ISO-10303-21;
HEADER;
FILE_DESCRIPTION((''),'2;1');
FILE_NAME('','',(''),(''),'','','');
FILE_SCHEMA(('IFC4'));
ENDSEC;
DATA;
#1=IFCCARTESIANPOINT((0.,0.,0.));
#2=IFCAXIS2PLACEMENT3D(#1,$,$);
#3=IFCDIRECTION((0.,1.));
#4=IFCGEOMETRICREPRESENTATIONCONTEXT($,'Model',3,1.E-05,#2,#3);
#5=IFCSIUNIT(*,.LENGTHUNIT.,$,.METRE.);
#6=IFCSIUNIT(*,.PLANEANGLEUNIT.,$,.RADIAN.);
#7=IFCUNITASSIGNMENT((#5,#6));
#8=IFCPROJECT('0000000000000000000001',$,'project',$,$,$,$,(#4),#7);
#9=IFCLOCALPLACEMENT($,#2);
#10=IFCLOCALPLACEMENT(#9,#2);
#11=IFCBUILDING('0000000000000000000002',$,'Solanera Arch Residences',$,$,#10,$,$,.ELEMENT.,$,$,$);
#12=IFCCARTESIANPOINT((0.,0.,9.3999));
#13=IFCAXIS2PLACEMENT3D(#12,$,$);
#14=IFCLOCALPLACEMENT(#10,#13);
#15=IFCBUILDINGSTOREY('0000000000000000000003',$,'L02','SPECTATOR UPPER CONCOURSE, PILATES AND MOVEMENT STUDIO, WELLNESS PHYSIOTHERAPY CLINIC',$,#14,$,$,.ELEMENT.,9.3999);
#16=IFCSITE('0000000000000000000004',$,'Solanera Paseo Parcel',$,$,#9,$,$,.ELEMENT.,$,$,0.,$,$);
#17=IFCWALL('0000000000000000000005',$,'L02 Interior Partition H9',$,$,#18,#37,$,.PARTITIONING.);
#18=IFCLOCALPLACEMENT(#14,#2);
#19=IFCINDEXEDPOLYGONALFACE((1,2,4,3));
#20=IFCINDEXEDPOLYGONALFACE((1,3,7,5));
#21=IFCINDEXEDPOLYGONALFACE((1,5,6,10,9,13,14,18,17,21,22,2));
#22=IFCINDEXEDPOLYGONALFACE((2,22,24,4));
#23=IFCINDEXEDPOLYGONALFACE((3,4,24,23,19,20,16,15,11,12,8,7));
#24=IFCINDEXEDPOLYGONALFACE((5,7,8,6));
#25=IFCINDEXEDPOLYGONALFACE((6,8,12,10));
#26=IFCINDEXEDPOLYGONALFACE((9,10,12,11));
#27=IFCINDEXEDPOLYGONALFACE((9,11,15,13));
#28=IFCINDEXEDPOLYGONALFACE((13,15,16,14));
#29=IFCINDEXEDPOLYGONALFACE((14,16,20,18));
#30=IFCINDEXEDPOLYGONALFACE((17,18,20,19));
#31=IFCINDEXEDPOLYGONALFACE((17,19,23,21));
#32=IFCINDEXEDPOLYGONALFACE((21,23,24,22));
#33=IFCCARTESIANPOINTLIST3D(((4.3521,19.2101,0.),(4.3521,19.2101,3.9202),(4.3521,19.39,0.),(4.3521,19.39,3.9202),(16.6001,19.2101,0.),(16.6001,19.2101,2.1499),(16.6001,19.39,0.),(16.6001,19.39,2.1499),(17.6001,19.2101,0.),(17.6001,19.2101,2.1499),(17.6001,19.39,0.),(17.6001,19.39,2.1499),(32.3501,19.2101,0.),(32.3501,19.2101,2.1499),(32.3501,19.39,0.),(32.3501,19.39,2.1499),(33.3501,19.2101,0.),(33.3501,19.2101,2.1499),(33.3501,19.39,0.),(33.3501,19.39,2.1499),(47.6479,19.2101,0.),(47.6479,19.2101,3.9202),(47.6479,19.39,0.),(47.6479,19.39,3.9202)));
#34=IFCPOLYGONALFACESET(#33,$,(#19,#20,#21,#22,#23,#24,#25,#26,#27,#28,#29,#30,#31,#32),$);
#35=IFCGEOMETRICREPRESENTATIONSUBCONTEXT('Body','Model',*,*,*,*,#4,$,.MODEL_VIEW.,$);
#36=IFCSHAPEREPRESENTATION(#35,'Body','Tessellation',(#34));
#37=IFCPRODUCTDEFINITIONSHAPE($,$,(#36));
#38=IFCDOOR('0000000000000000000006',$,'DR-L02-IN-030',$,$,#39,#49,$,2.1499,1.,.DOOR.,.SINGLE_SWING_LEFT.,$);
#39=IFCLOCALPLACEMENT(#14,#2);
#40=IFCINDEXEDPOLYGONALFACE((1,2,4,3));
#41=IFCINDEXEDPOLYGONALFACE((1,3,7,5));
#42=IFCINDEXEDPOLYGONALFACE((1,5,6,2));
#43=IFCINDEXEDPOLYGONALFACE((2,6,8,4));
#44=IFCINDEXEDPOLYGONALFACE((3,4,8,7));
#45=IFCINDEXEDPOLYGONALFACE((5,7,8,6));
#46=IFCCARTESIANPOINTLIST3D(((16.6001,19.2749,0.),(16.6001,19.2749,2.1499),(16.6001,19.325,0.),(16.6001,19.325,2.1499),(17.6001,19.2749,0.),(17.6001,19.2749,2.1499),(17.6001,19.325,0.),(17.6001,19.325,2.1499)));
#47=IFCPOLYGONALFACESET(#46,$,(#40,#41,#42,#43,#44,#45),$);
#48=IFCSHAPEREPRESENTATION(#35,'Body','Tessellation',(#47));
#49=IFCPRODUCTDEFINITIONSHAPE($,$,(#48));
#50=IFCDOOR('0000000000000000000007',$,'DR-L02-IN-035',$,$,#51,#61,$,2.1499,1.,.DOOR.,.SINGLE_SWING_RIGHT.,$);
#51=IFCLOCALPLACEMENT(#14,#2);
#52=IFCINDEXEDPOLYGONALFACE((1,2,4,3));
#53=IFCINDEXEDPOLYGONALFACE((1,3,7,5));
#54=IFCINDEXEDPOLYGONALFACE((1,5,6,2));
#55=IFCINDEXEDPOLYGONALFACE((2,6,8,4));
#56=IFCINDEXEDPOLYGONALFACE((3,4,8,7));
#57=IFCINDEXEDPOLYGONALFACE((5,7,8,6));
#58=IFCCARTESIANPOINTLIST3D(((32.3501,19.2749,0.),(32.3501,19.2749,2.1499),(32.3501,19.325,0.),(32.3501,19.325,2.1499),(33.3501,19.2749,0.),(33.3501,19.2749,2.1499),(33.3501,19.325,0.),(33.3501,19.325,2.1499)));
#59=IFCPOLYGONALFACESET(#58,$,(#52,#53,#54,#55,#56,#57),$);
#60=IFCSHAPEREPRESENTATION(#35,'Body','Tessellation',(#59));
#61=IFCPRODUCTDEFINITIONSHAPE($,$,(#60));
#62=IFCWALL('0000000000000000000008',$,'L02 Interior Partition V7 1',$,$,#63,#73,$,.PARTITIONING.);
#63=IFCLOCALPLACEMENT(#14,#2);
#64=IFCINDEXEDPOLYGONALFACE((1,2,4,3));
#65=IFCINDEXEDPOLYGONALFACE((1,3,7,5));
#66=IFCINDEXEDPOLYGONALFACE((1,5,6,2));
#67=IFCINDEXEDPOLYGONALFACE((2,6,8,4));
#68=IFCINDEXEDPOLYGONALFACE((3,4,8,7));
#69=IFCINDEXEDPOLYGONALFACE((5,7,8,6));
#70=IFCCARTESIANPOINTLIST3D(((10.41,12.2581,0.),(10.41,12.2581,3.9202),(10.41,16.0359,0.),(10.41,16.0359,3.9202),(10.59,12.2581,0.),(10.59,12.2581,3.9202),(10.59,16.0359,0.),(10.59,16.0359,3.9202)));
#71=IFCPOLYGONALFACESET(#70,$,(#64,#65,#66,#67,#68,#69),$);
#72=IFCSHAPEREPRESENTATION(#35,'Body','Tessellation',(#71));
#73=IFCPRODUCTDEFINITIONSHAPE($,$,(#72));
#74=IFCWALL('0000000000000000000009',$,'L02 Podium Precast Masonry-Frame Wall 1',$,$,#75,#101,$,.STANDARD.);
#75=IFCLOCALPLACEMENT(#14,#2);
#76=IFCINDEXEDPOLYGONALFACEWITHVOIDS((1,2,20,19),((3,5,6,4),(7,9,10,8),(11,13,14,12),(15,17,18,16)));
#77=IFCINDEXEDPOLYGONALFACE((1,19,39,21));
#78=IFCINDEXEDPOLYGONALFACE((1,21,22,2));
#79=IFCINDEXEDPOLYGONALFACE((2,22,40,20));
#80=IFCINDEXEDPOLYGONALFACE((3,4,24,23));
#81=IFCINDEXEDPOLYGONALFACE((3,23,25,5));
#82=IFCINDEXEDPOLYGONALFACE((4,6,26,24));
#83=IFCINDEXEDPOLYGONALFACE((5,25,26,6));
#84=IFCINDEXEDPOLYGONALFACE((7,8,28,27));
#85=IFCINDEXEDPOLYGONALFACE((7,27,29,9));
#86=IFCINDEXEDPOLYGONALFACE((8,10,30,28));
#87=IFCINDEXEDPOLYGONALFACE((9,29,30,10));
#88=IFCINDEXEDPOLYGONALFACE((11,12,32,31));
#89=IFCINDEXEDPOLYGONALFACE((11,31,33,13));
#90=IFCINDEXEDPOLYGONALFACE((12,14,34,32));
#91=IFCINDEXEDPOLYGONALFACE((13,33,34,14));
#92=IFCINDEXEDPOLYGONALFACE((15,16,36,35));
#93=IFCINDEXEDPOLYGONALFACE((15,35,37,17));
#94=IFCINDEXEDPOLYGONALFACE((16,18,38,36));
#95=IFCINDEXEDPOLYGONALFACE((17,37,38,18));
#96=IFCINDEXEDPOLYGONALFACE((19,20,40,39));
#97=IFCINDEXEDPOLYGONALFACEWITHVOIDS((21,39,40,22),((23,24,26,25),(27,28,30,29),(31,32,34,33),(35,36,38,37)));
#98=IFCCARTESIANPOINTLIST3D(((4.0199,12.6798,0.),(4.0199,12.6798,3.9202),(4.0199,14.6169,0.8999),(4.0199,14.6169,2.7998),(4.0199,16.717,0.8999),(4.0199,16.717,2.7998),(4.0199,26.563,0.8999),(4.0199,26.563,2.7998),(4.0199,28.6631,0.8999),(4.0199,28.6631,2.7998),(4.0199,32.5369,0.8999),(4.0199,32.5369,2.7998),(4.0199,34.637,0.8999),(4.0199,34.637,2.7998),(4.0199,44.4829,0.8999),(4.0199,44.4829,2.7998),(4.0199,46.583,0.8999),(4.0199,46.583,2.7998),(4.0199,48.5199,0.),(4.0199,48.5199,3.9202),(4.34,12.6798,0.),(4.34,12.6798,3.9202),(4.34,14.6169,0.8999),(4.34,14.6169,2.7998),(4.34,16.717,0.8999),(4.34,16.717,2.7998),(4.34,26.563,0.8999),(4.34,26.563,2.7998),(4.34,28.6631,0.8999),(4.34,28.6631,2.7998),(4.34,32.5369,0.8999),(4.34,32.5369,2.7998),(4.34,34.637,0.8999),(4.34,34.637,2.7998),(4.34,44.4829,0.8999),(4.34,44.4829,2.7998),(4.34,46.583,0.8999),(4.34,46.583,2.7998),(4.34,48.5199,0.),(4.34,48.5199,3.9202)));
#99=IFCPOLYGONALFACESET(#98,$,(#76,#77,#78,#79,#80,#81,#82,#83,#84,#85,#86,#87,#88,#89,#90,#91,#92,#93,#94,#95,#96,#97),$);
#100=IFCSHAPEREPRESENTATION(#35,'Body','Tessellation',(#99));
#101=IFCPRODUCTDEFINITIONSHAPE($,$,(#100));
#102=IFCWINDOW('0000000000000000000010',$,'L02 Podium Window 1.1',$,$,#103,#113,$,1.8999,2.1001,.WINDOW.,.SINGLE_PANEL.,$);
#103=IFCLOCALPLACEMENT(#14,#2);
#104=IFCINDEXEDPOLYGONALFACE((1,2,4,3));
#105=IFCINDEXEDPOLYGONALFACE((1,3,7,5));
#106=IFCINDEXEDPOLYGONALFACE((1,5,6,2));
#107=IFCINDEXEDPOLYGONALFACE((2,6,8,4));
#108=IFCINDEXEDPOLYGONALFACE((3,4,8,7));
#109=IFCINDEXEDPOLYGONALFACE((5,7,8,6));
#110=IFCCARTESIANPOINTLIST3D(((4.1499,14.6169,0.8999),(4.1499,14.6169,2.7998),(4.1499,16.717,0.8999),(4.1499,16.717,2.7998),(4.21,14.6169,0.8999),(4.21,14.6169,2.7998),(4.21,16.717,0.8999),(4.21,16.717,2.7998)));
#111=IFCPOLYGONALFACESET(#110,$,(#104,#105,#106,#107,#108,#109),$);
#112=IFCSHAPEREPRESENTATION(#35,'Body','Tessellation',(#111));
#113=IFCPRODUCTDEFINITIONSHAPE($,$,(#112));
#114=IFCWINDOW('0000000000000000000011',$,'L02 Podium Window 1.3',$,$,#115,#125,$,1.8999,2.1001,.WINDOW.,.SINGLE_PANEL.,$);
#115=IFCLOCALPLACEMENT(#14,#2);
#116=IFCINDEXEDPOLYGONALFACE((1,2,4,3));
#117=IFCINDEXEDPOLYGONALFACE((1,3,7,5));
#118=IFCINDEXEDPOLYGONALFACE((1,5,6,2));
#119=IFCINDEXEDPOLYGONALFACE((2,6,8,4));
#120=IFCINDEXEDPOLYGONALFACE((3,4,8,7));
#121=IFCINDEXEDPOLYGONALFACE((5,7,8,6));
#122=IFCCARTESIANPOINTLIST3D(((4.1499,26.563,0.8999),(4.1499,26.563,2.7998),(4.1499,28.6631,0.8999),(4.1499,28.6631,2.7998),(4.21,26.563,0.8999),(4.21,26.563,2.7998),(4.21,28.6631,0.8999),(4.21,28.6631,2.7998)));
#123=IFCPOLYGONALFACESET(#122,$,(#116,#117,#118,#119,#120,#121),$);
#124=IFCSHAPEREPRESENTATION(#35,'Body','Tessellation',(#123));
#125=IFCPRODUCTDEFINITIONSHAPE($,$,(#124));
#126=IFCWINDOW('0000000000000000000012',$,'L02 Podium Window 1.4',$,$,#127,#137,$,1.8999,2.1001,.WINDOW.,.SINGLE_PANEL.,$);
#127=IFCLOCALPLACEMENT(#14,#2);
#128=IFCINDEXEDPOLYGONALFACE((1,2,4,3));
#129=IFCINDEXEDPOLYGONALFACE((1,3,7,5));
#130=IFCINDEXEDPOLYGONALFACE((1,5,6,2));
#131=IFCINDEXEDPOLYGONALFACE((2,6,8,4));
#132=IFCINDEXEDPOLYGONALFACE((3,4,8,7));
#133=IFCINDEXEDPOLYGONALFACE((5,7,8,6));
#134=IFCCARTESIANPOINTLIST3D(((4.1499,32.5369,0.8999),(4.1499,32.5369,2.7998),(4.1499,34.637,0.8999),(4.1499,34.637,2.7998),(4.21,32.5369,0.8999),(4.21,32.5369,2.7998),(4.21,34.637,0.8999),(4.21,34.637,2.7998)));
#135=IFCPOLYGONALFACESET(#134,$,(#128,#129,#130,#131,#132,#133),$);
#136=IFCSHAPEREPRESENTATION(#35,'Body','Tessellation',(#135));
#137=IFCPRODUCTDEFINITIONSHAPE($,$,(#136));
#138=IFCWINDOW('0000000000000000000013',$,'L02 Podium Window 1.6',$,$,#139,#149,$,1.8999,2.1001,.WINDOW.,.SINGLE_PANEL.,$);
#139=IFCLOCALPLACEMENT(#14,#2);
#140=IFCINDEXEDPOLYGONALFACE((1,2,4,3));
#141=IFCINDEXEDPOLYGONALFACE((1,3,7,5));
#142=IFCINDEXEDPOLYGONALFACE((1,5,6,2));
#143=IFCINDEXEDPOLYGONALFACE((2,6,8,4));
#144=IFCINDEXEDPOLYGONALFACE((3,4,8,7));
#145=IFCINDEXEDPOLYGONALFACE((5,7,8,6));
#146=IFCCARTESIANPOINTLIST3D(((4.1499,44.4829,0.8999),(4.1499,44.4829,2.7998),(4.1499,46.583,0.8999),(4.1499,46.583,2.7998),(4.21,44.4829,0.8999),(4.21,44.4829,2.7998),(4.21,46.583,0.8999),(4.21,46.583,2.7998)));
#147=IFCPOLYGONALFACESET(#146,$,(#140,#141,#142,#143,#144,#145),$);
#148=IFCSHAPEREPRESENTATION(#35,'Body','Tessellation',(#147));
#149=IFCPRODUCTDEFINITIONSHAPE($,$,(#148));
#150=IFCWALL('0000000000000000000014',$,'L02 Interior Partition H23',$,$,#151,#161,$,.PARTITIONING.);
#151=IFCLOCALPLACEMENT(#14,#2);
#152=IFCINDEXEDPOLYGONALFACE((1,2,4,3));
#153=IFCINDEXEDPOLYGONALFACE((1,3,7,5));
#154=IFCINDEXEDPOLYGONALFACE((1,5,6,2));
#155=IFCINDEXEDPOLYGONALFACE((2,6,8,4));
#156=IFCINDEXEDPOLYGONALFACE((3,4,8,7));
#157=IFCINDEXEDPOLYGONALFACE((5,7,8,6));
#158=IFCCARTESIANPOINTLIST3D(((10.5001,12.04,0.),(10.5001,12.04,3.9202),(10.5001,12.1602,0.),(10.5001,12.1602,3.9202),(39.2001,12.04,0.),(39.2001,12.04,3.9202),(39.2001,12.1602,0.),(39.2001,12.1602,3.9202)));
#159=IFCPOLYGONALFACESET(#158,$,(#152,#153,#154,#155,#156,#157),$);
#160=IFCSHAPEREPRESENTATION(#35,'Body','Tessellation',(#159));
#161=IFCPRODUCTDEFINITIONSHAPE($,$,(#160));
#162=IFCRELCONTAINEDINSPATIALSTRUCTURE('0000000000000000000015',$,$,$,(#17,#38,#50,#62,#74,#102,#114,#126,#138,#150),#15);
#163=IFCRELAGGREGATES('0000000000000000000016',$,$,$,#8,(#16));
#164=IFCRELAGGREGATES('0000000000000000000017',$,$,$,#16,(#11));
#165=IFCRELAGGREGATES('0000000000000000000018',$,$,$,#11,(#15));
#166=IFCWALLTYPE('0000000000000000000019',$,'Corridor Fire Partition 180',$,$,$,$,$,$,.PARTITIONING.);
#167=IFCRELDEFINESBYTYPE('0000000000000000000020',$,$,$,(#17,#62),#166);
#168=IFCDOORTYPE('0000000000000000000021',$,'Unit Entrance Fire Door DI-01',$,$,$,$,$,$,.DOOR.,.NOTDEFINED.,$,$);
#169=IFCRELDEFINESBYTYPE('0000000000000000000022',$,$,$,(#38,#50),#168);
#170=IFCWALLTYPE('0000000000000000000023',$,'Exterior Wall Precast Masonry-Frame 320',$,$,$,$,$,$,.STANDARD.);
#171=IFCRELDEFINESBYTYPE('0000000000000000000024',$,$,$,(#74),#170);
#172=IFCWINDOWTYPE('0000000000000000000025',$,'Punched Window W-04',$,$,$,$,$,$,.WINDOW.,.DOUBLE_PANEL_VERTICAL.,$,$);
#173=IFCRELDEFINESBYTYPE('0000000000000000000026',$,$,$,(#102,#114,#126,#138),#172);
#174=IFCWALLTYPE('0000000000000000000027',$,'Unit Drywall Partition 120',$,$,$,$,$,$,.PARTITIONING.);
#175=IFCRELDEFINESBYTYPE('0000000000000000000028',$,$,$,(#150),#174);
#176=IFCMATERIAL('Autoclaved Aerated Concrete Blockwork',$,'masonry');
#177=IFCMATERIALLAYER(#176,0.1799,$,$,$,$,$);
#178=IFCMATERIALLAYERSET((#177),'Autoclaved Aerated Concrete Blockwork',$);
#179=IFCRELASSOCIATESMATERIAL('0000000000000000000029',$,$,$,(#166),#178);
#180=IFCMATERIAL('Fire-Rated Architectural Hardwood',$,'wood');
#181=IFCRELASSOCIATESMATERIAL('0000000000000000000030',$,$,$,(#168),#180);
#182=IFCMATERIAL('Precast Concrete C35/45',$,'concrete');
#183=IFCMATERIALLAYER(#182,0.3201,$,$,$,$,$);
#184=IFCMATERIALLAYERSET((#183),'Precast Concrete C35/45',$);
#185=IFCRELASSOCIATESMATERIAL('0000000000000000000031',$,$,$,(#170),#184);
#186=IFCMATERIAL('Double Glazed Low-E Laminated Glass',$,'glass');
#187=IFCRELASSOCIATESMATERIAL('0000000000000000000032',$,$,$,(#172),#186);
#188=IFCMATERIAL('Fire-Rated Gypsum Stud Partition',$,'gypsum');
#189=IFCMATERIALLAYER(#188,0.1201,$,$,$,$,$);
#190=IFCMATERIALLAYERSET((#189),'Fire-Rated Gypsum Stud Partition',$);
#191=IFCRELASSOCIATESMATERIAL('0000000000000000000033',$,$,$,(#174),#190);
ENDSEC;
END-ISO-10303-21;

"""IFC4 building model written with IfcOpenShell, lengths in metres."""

from ifc_helpers import new_model, si_unit, direction, frame, frame_2d, origin, place, context, subcontext, project, spatial, rectangle, extrude, material, layer, layer_set, type_object, element, fill, save


model = new_model("IFC4")

# Units and contexts
model_context = context("Model", 3, precision=1e-05, world=origin(), true_north=direction((0.0, 1.0)))
body_context = subcontext(model_context, "Body", "Model", "MODEL_VIEW")
ifc_project = project(units=[si_unit("LENGTHUNIT", "METRE"), si_unit("PLANEANGLEUNIT", "RADIAN")], contexts=[model_context])

# Site, building, storey
site_placement = place(None, origin())
site = spatial("IfcSite", under=ifc_project, at=site_placement, Name="Solanera Paseo Parcel", CompositionType="ELEMENT", RefElevation=0.0)
building_placement = place(site_placement, origin())
building = spatial("IfcBuilding", under=site, at=building_placement, Name="Solanera Arch Residences", CompositionType="ELEMENT")
storey_placement = place(building_placement, frame((0.0, 0.0, 9.3999)))
storey = spatial("IfcBuildingStorey", under=building, at=storey_placement, Name="L02", Description="SPECTATOR UPPER CONCOURSE, PILATES AND MOVEMENT STUDIO, WELLNESS PHYSIOTHERAPY CLINIC", CompositionType="ELEMENT", Elevation=9.3999)

# Wall, openings, doors
ifc_material_1 = material(Name="Autoclaved Aerated Concrete Blockwork", Category="masonry")
ifc_layer_1 = layer(ifc_material_1, 0.1799)
ifc_layer_set_1 = layer_set([ifc_layer_1], Name="Autoclaved Aerated Concrete Blockwork")
wall_type_1 = type_object("IfcWallType", Name="Corridor Fire Partition 180", PredefinedType="PARTITIONING", material=ifc_layer_set_1)
wall_1_placement = place(storey_placement, frame((4.3521, 19.3, 0.0), z_axis=(0.0, 0.0, 1.0), x_axis=(1.0, 0.0, 0.0)))
wall_1 = element("IfcWall", 1, at=wall_1_placement, inside=storey, type_object=wall_type_1, Name="L02 Interior Partition H9", PredefinedType="PARTITIONING", context=body_context, shape_type="SweptSolid", body=[
    extrude(rectangle(XDim=43.2959, YDim=0.1799, at=frame_2d((21.6479, 0.0))), origin(), (0.0, 0.0, 1.0), 3.9202),
])
opening_1_placement = place(wall_1_placement, frame((12.248, 0.0, 0.0)))
opening_1 = element("IfcOpeningElement", 2, at=opening_1_placement, cuts=wall_1, PredefinedType="OPENING", context=body_context, shape_type="SweptSolid", body=[
    extrude(rectangle(XDim=1.0, YDim=2.1499, at=frame_2d((0.5, 1.075))), frame((0.0, 0.1001, 0.0), z_axis=(0.0, -1.0, 0.0), x_axis=(1.0, 0.0, 0.0)), (0.0, 0.0, 1.0), 0.1999),
])
opening_2_placement = place(wall_1_placement, frame((27.998, 0.0, 0.0)))
opening_2 = element("IfcOpeningElement", 3, at=opening_2_placement, cuts=wall_1, PredefinedType="OPENING", context=body_context, shape_type="SweptSolid", body=[
    extrude(rectangle(XDim=1.0, YDim=2.1499, at=frame_2d((0.5, 1.075))), frame((0.0, 0.1001, 0.0), z_axis=(0.0, -1.0, 0.0), x_axis=(1.0, 0.0, 0.0)), (0.0, 0.0, 1.0), 0.1999),
])
ifc_material_2 = material(Name="Fire-Rated Architectural Hardwood", Category="wood")
door_type = type_object("IfcDoorType", Name="Unit Entrance Fire Door DI-01", OperationType="NOTDEFINED", PredefinedType="DOOR", material=ifc_material_2)
door_1_placement = place(opening_1_placement, origin())
door_1 = element("IfcDoor", 4, at=door_1_placement, inside=storey, type_object=door_type, Name="DR-L02-IN-030", OperationType="SINGLE_SWING_LEFT", OverallHeight=2.1499, OverallWidth=1.0, PredefinedType="DOOR", context=body_context, shape_type="SweptSolid", body=[
    extrude(rectangle(XDim=1.0, YDim=2.1499, at=frame_2d((0.5, 1.075))), frame((0.0, 0.0249, 0.0), z_axis=(0.0, -1.0, 0.0), x_axis=(1.0, 0.0, 0.0)), (0.0, 0.0, 1.0), 0.05),
])
fill(opening_1, door_1)
door_2_placement = place(opening_2_placement, origin())
door_2 = element("IfcDoor", 5, at=door_2_placement, inside=storey, type_object=door_type, Name="DR-L02-IN-035", OperationType="SINGLE_SWING_RIGHT", OverallHeight=2.1499, OverallWidth=1.0, PredefinedType="DOOR", context=body_context, shape_type="SweptSolid", body=[
    extrude(rectangle(XDim=1.0, YDim=2.1499, at=frame_2d((0.5, 1.075))), frame((0.0, 0.0249, 0.0), z_axis=(0.0, -1.0, 0.0), x_axis=(1.0, 0.0, 0.0)), (0.0, 0.0, 1.0), 0.05),
])
fill(opening_2, door_2)

# Wall
wall_2_placement = place(storey_placement, frame((10.5, 12.2581, 0.0), z_axis=(0.0, 0.0, 1.0), x_axis=(0.0, 1.0, 0.0)))
element("IfcWall", 6, at=wall_2_placement, inside=storey, type_object=wall_type_1, Name="L02 Interior Partition V7 1", PredefinedType="PARTITIONING", context=body_context, shape_type="SweptSolid", body=[
    extrude(rectangle(XDim=3.7778, YDim=0.1799, at=frame_2d((1.8889, 0.0))), origin(), (0.0, 0.0, 1.0), 3.9202),
])

# Wall, openings, windows
ifc_material_3 = material(Name="Precast Concrete C35/45", Category="concrete")
ifc_layer_2 = layer(ifc_material_3, 0.3201)
ifc_layer_set_2 = layer_set([ifc_layer_2], Name="Precast Concrete C35/45")
wall_type_2 = type_object("IfcWallType", Name="Exterior Wall Precast Masonry-Frame 320", PredefinedType="STANDARD", material=ifc_layer_set_2)
wall_3_placement = place(storey_placement, frame((4.1799, 12.6799, 0.0), z_axis=(0.0, 0.0, 1.0), x_axis=(0.0, 1.0, 0.0)))
wall_3 = element("IfcWall", 7, at=wall_3_placement, inside=storey, type_object=wall_type_2, Name="L02 Podium Precast Masonry-Frame Wall 1", PredefinedType="STANDARD", context=body_context, shape_type="SweptSolid", body=[
    extrude(rectangle(XDim=35.8401, YDim=0.3201, at=frame_2d((17.9199, 0.0))), origin(), (0.0, 0.0, 1.0), 3.9202),
])
opening_3_placement = place(wall_3_placement, frame((1.937, 0.0, 0.8999)))
opening_3 = element("IfcOpeningElement", 8, at=opening_3_placement, cuts=wall_3, PredefinedType="OPENING", context=body_context, shape_type="SweptSolid", body=[
    extrude(rectangle(XDim=2.1001, YDim=1.8999, at=frame_2d((1.05, 0.95))), frame((0.0, 0.1699, 0.0), z_axis=(0.0, -1.0, 0.0), x_axis=(1.0, 0.0, 0.0)), (0.0, 0.0, 1.0), 0.3401),
])
opening_4_placement = place(wall_3_placement, frame((13.8831, 0.0, 0.8999)))
opening_4 = element("IfcOpeningElement", 9, at=opening_4_placement, cuts=wall_3, PredefinedType="OPENING", context=body_context, shape_type="SweptSolid", body=[
    extrude(rectangle(XDim=2.1001, YDim=1.8999, at=frame_2d((1.05, 0.95))), frame((0.0, 0.1699, 0.0), z_axis=(0.0, -1.0, 0.0), x_axis=(1.0, 0.0, 0.0)), (0.0, 0.0, 1.0), 0.3401),
])
opening_5_placement = place(wall_3_placement, frame((19.8569, 0.0, 0.8999)))
opening_5 = element("IfcOpeningElement", 10, at=opening_5_placement, cuts=wall_3, PredefinedType="OPENING", context=body_context, shape_type="SweptSolid", body=[
    extrude(rectangle(XDim=2.1001, YDim=1.8999, at=frame_2d((1.05, 0.95))), frame((0.0, 0.1699, 0.0), z_axis=(0.0, -1.0, 0.0), x_axis=(1.0, 0.0, 0.0)), (0.0, 0.0, 1.0), 0.3401),
])
opening_6_placement = place(wall_3_placement, frame((31.803, 0.0, 0.8999)))
opening_6 = element("IfcOpeningElement", 11, at=opening_6_placement, cuts=wall_3, PredefinedType="OPENING", context=body_context, shape_type="SweptSolid", body=[
    extrude(rectangle(XDim=2.1001, YDim=1.8999, at=frame_2d((1.05, 0.95))), frame((0.0, 0.1699, 0.0), z_axis=(0.0, -1.0, 0.0), x_axis=(1.0, 0.0, 0.0)), (0.0, 0.0, 1.0), 0.3401),
])
ifc_material_4 = material(Name="Double Glazed Low-E Laminated Glass", Category="glass")
window_type = type_object("IfcWindowType", Name="Punched Window W-04", PartitioningType="DOUBLE_PANEL_VERTICAL", PredefinedType="WINDOW", material=ifc_material_4)
window_1_placement = place(opening_3_placement, origin())
window_1 = element("IfcWindow", 12, at=window_1_placement, inside=storey, type_object=window_type, Name="L02 Podium Window 1.1", OverallHeight=1.8999, OverallWidth=2.1001, PartitioningType="SINGLE_PANEL", PredefinedType="WINDOW", context=body_context, shape_type="SweptSolid", body=[
    extrude(rectangle(XDim=2.1001, YDim=1.8999, at=frame_2d((1.05, 0.95))), frame((0.0, 0.03, 0.0), z_axis=(0.0, -1.0, 0.0), x_axis=(1.0, 0.0, 0.0)), (0.0, 0.0, 1.0), 0.0601),
])
fill(opening_3, window_1)
window_2_placement = place(opening_4_placement, origin())
window_2 = element("IfcWindow", 13, at=window_2_placement, inside=storey, type_object=window_type, Name="L02 Podium Window 1.3", OverallHeight=1.8999, OverallWidth=2.1001, PartitioningType="SINGLE_PANEL", PredefinedType="WINDOW", context=body_context, shape_type="SweptSolid", body=[
    extrude(rectangle(XDim=2.1001, YDim=1.8999, at=frame_2d((1.05, 0.95))), frame((0.0, 0.03, 0.0), z_axis=(0.0, -1.0, 0.0), x_axis=(1.0, 0.0, 0.0)), (0.0, 0.0, 1.0), 0.0601),
])
fill(opening_4, window_2)
window_3_placement = place(opening_5_placement, origin())
window_3 = element("IfcWindow", 14, at=window_3_placement, inside=storey, type_object=window_type, Name="L02 Podium Window 1.4", OverallHeight=1.8999, OverallWidth=2.1001, PartitioningType="SINGLE_PANEL", PredefinedType="WINDOW", context=body_context, shape_type="SweptSolid", body=[
    extrude(rectangle(XDim=2.1001, YDim=1.8999, at=frame_2d((1.05, 0.95))), frame((0.0, 0.03, 0.0), z_axis=(0.0, -1.0, 0.0), x_axis=(1.0, 0.0, 0.0)), (0.0, 0.0, 1.0), 0.0601),
])
fill(opening_5, window_3)
window_4_placement = place(opening_6_placement, origin())
window_4 = element("IfcWindow", 15, at=window_4_placement, inside=storey, type_object=window_type, Name="L02 Podium Window 1.6", OverallHeight=1.8999, OverallWidth=2.1001, PartitioningType="SINGLE_PANEL", PredefinedType="WINDOW", context=body_context, shape_type="SweptSolid", body=[
    extrude(rectangle(XDim=2.1001, YDim=1.8999, at=frame_2d((1.05, 0.95))), frame((0.0, 0.03, 0.0), z_axis=(0.0, -1.0, 0.0), x_axis=(1.0, 0.0, 0.0)), (0.0, 0.0, 1.0), 0.0601),
])
fill(opening_6, window_4)

# Wall
ifc_material_5 = material(Name="Fire-Rated Gypsum Stud Partition", Category="gypsum")
ifc_layer_3 = layer(ifc_material_5, 0.1201)
ifc_layer_set_3 = layer_set([ifc_layer_3], Name="Fire-Rated Gypsum Stud Partition")
wall_type_3 = type_object("IfcWallType", Name="Unit Drywall Partition 120", PredefinedType="PARTITIONING", material=ifc_layer_set_3)
wall_4_placement = place(storey_placement, frame((10.5, 12.1001, 0.0), z_axis=(0.0, 0.0, 1.0), x_axis=(1.0, 0.0, 0.0)))
element("IfcWall", 16, at=wall_4_placement, inside=storey, type_object=wall_type_3, Name="L02 Interior Partition H23", PredefinedType="PARTITIONING", context=body_context, shape_type="SweptSolid", body=[
    extrude(rectangle(XDim=28.7, YDim=0.1201, at=frame_2d((14.3501, 0.0))), origin(), (0.0, 0.0, 1.0), 3.9202),
])

save(model, "model.ifc")
